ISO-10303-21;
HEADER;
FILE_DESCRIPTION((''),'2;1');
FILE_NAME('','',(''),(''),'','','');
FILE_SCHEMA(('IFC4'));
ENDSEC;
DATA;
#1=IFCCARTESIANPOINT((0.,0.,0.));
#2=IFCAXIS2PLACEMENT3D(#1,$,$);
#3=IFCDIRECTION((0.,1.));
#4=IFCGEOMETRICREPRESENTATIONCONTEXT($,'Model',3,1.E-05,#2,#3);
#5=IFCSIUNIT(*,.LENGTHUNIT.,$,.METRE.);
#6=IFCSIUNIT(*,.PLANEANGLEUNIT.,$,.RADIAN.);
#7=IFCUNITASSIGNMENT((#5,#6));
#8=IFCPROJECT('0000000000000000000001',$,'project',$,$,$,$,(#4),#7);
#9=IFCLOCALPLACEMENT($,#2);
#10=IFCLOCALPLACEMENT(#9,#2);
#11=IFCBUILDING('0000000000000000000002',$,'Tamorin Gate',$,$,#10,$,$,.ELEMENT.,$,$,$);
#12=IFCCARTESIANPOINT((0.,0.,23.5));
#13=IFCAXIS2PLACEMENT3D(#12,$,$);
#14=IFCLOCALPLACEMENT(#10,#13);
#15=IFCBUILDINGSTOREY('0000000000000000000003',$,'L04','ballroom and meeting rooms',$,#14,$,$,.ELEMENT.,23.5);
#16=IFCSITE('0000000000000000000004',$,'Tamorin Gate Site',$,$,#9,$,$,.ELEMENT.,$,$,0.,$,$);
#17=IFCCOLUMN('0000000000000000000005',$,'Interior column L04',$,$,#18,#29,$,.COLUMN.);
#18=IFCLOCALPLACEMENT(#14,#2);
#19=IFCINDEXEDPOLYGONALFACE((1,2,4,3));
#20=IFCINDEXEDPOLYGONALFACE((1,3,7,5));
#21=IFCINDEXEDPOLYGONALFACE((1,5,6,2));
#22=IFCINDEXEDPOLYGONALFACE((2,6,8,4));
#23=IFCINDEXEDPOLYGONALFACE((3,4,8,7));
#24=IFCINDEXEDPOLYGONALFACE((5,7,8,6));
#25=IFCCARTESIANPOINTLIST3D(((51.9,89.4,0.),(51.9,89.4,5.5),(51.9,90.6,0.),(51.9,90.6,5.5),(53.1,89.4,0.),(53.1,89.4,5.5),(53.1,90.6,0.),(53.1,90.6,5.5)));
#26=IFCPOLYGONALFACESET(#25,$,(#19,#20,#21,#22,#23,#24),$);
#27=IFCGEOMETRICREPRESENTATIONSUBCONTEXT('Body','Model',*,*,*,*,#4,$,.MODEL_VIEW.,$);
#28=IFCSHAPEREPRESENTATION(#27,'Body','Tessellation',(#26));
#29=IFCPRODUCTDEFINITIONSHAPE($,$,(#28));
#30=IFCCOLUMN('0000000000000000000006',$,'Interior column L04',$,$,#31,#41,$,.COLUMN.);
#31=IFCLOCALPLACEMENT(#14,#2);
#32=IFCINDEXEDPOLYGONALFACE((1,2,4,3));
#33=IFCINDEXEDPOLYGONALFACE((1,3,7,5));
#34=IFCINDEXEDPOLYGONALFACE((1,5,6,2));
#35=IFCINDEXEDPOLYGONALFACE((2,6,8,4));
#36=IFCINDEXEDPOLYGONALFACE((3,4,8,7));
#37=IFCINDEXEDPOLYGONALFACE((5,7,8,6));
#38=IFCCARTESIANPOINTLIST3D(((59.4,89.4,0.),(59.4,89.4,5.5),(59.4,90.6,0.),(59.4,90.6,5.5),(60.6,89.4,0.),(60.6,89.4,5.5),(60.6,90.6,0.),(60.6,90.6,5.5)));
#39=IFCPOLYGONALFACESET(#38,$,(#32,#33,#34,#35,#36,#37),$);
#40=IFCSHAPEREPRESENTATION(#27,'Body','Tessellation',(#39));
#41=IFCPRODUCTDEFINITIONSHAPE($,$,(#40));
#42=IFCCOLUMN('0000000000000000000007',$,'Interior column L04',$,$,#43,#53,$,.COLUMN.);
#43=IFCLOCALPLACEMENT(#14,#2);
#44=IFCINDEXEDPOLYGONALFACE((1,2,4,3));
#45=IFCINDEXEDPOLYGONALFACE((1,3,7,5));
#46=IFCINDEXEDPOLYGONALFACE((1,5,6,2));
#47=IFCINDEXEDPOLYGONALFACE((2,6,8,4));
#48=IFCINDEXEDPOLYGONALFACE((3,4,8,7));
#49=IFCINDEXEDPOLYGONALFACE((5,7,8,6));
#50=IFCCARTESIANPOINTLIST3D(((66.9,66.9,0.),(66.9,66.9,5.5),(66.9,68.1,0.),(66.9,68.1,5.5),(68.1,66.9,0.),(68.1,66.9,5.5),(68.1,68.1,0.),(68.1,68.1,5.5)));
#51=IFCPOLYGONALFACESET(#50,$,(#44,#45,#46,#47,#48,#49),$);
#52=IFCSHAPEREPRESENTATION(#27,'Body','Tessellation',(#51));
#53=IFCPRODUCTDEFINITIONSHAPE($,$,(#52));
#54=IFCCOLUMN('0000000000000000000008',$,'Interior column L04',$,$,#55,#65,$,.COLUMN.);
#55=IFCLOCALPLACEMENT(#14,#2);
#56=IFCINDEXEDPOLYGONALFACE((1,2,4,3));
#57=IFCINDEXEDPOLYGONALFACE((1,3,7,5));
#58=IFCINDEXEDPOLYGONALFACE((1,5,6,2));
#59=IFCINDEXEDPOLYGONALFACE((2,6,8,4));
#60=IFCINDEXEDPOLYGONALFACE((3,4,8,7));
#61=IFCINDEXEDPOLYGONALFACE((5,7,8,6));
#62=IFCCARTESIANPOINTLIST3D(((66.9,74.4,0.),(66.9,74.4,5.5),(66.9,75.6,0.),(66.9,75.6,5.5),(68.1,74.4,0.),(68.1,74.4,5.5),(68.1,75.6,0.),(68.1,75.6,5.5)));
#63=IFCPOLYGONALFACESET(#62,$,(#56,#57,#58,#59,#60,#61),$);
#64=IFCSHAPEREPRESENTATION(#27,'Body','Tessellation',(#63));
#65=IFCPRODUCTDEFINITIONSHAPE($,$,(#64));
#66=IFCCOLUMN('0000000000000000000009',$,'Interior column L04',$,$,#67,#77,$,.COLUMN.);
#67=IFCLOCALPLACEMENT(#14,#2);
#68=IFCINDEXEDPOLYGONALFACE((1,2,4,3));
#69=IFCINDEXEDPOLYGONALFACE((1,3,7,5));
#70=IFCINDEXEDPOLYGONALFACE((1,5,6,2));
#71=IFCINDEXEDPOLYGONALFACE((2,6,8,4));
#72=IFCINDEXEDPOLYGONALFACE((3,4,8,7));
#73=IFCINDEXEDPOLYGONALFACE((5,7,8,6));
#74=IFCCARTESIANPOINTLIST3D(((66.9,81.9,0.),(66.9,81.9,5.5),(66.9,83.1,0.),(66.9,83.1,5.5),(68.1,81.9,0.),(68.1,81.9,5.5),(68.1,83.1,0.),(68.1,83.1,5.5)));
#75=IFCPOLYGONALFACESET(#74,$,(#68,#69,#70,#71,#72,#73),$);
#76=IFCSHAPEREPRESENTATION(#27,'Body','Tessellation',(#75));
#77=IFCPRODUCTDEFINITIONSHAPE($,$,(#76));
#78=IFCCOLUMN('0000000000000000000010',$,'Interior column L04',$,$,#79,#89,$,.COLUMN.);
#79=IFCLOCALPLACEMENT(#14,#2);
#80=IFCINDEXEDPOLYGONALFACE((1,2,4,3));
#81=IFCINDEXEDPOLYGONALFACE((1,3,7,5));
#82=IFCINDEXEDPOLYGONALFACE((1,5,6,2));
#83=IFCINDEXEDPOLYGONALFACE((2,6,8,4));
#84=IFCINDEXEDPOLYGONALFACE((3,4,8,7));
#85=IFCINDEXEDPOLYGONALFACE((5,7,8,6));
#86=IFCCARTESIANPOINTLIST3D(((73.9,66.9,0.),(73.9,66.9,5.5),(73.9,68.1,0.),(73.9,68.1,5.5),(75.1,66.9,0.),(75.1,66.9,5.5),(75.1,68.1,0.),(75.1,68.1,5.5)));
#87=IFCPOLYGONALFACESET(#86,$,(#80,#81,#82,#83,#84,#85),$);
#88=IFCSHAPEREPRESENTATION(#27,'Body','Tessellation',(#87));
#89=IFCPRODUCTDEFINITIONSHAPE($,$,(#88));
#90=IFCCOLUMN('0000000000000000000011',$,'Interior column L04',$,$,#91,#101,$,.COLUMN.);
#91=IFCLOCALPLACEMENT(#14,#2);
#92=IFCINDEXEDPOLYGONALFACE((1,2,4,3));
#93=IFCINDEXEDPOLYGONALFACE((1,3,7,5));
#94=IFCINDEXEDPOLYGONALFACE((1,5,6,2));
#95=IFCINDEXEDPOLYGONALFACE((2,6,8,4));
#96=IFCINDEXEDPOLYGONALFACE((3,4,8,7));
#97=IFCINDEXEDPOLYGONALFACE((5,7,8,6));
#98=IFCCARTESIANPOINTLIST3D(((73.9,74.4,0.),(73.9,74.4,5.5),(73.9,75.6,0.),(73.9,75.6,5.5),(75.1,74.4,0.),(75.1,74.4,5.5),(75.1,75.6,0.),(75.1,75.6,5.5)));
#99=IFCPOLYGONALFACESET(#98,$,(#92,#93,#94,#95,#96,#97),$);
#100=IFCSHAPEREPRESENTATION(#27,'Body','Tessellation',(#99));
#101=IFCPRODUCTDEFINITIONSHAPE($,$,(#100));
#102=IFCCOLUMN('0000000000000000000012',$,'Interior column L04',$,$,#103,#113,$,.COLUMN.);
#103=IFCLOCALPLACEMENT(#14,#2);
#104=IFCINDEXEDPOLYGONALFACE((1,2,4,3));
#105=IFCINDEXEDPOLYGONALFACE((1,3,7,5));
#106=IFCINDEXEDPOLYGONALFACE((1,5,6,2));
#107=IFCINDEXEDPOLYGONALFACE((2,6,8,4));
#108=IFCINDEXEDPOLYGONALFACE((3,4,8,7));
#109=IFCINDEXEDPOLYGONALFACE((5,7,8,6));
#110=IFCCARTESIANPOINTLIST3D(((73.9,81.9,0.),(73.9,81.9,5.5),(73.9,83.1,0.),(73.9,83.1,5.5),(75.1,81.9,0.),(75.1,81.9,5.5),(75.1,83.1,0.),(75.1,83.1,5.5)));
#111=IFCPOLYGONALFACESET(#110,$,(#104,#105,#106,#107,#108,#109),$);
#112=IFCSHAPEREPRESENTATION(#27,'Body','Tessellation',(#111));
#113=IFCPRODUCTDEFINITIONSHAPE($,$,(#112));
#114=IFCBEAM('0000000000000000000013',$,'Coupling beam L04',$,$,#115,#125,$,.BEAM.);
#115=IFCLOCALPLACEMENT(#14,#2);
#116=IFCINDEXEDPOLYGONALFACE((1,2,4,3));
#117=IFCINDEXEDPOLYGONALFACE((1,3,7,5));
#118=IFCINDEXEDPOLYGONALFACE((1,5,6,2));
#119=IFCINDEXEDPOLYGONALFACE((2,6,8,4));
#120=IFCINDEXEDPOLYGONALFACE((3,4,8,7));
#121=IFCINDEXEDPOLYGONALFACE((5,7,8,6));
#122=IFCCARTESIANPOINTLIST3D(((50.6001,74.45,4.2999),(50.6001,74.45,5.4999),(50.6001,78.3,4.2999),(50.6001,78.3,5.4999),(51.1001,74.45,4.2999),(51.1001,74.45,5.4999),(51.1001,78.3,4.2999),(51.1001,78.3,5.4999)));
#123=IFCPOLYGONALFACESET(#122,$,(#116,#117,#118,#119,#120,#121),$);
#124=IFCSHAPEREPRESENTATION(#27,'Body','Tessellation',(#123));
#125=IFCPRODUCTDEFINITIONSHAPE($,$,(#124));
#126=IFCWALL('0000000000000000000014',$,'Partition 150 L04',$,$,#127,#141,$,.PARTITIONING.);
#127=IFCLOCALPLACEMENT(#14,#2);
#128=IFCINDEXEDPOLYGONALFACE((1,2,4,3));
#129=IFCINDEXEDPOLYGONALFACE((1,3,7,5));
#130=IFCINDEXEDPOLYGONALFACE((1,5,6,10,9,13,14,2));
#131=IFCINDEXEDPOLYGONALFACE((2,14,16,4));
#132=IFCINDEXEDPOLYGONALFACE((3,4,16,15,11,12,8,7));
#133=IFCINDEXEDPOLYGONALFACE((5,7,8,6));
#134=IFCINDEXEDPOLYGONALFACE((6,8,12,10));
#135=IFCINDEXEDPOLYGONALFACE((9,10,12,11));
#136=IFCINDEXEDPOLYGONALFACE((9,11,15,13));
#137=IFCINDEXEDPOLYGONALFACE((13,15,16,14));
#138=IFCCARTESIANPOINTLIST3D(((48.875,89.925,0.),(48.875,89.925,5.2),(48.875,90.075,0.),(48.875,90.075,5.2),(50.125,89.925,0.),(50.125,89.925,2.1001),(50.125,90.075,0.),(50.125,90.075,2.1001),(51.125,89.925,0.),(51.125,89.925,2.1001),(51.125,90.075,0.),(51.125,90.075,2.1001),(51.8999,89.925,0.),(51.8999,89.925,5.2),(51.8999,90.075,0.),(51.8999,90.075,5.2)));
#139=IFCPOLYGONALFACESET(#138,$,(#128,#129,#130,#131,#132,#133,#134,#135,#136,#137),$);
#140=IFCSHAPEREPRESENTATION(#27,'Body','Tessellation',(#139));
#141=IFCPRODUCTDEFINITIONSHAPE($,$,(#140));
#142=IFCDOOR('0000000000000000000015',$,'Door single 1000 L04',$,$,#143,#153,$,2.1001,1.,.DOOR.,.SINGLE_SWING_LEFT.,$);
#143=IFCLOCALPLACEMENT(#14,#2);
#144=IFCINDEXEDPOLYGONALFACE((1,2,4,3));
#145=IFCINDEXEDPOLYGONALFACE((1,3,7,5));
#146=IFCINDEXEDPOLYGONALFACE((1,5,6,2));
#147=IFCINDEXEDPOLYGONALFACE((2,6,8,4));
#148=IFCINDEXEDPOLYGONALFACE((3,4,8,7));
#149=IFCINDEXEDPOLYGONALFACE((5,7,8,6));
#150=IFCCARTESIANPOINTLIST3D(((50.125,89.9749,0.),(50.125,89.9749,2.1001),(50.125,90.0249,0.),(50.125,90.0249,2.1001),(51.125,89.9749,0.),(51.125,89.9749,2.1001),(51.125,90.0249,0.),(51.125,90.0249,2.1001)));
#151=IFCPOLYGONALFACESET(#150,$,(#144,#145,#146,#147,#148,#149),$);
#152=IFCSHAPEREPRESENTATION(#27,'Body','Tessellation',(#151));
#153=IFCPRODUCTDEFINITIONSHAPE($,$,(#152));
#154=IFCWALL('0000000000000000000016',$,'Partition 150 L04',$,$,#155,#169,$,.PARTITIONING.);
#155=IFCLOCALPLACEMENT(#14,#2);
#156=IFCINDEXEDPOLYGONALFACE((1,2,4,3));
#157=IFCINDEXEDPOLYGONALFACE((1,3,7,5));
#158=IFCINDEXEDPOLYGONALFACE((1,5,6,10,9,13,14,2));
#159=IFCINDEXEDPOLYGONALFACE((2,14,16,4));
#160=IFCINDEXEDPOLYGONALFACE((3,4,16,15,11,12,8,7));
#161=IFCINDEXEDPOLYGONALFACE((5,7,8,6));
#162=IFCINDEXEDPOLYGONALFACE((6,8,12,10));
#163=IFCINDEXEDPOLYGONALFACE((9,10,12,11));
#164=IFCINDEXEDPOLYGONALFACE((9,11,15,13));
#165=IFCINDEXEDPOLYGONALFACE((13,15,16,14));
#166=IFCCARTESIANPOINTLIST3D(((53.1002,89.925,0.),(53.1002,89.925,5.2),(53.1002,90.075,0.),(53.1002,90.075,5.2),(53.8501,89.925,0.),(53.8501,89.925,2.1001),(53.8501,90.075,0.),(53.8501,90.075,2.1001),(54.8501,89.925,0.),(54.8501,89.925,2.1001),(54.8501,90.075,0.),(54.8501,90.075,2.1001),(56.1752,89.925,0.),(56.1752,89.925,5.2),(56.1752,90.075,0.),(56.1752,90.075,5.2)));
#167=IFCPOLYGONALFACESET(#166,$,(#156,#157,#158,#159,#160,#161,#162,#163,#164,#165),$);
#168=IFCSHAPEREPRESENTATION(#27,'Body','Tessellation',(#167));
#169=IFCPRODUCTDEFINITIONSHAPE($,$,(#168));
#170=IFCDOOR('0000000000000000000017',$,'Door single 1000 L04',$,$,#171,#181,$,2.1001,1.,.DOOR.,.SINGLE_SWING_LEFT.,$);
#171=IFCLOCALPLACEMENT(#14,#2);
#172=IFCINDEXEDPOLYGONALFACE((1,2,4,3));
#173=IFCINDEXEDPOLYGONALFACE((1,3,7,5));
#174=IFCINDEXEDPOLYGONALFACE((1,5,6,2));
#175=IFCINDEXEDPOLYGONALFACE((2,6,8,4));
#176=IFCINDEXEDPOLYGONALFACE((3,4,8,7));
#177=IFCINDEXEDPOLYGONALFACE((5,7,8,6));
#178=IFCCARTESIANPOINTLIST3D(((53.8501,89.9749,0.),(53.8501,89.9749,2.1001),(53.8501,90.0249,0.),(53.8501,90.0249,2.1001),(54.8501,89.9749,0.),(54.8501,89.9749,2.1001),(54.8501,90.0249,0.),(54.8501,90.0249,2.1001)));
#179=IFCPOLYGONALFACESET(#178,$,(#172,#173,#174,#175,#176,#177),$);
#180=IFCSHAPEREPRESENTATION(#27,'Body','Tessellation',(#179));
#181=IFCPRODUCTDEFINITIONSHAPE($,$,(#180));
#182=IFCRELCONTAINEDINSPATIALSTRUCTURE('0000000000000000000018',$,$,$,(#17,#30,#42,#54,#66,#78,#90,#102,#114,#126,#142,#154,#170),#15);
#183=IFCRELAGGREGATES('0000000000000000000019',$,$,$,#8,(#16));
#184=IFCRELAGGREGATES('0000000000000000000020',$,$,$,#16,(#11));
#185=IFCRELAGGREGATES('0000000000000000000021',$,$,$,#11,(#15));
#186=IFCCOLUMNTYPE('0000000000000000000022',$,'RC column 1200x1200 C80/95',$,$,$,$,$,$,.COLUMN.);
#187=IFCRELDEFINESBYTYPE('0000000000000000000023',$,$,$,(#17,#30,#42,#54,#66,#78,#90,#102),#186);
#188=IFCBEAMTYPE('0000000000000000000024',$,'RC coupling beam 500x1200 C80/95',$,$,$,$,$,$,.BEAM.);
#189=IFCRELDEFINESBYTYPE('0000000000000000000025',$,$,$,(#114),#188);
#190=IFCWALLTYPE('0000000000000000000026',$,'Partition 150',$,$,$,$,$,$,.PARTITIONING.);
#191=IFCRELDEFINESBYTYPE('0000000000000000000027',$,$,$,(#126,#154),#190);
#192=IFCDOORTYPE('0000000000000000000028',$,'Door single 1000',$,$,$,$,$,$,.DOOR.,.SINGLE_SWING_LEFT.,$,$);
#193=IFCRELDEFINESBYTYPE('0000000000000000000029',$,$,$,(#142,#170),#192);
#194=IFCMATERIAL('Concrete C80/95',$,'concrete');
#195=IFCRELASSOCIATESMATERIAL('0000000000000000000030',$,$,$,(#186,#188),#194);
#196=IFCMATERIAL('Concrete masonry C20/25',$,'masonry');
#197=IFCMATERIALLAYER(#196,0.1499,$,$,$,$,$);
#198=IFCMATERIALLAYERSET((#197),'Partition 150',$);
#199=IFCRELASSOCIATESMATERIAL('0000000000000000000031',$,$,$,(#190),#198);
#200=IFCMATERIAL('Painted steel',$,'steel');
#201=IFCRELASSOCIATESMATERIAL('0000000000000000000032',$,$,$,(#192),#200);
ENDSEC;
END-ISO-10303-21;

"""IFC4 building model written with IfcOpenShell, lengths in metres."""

from ifc_helpers import new_model, si_unit, direction, frame, frame_2d, origin, origin_2d, place, context, subcontext, project, spatial, rectangle, extrude, material, layer, layer_set, material_profile, profile_set, type_object, element, fill, save


model = new_model("IFC4")

# Units and contexts
model_context = context("Model", 3, precision=1e-05, world=origin(), true_north=direction((0.0, 1.0)))
body_context = subcontext(model_context, "Body", "Model", "MODEL_VIEW")
ifc_project = project(units=[si_unit("LENGTHUNIT", "METRE"), si_unit("PLANEANGLEUNIT", "RADIAN")], contexts=[model_context])

# Site, building, storey
site_placement = place(None, origin())
site = spatial("IfcSite", under=ifc_project, at=site_placement, Name="Tamorin Gate Site", CompositionType="ELEMENT", RefElevation=0.0)
building_placement = place(site_placement, origin())
building = spatial("IfcBuilding", under=site, at=building_placement, Name="Tamorin Gate", CompositionType="ELEMENT")
storey_placement = place(building_placement, frame((0.0, 0.0, 23.5)))
storey = spatial("IfcBuildingStorey", under=building, at=storey_placement, Name="L04", Description="ballroom and meeting rooms", CompositionType="ELEMENT", Elevation=23.5)

# Columns
ifc_material_1 = material(Name="Concrete C80/95", Category="concrete")
ifc_material_profile_1 = material_profile(ifc_material_1, rectangle(XDim=1.2, YDim=1.2, at=origin_2d()), Name="RC 1200x1200")
ifc_profile_set_1 = profile_set([ifc_material_profile_1], Name="Concrete C80/95")
column_type = type_object("IfcColumnType", Name="RC column 1200x1200 C80/95", PredefinedType="COLUMN", material=ifc_profile_set_1)
for number, where, z_axis, x_axis, name in (
    (1, (52.5, 90.0, 0.0), (0.0, 0.0, 1.0), (1.0, 0.0, 0.0), "Interior column L04"),
    (2, (60.0, 90.0, 0.0), (0.0, 0.0, 1.0), (1.0, 0.0, 0.0), "Interior column L04"),
    (3, (67.5, 67.5, 0.0), (0.0, 0.0, 1.0), (1.0, 0.0, 0.0), "Interior column L04"),
    (4, (67.5, 75.0, 0.0), (0.0, 0.0, 1.0), (1.0, 0.0, 0.0), "Interior column L04"),
    (5, (67.5, 82.5, 0.0), (0.0, 0.0, 1.0), (1.0, 0.0, 0.0), "Interior column L04"),
    (6, (74.5, 67.5, 0.0), (0.0, 0.0, 1.0), (1.0, 0.0, 0.0), "Interior column L04"),
    (7, (74.5, 75.0, 0.0), (0.0, 0.0, 1.0), (1.0, 0.0, 0.0), "Interior column L04"),
    (8, (74.5, 82.5, 0.0), (0.0, 0.0, 1.0), (1.0, 0.0, 0.0), "Interior column L04"),
):
    element("IfcColumn", number, at=place(storey_placement, frame(where, z_axis=z_axis, x_axis=x_axis)), inside=storey, type_object=column_type, Name=name, PredefinedType="COLUMN", context=body_context, shape_type="SweptSolid", body=[
        extrude(rectangle(XDim=1.2, YDim=1.2, at=origin_2d()), origin(), (0.0, 0.0, 1.0), 5.5),
    ])

# Beam
ifc_material_profile_2 = material_profile(ifc_material_1, rectangle(XDim=0.5, YDim=1.2, at=origin_2d()), Name="RC 500x1200")
ifc_profile_set_2 = profile_set([ifc_material_profile_2], Name="Concrete C80/95")
beam_type = type_object("IfcBeamType", Name="RC coupling beam 500x1200 C80/95", PredefinedType="BEAM", material=ifc_profile_set_2)
beam_placement = place(storey_placement, frame((50.8501, 74.45, 4.8999), z_axis=(0.0, 1.0, 0.0), x_axis=(-1.0, 0.0, 0.0)))
element("IfcBeam", 9, at=beam_placement, inside=storey, type_object=beam_type, Name="Coupling beam L04", PredefinedType="BEAM", context=body_context, shape_type="SweptSolid", body=[
    extrude(rectangle(XDim=0.5, YDim=1.2, at=origin_2d()), origin(), (0.0, 0.0, 1.0), 3.8501),
])

# Walls, openings, doors
ifc_material_2 = material(Name="Concrete masonry C20/25", Category="masonry")
ifc_layer_1 = layer(ifc_material_2, 0.1499)
ifc_layer_set_1 = layer_set([ifc_layer_1], Name="Partition 150")
wall_type_1 = type_object("IfcWallType", Name="Partition 150", PredefinedType="PARTITIONING", material=ifc_layer_set_1)
wall_1_placement = place(storey_placement, frame((48.875, 90.0, 0.0), z_axis=(0.0, 0.0, 1.0), x_axis=(1.0, 0.0, 0.0)))
wall_1 = element("IfcWall", 10, at=wall_1_placement, inside=storey, type_object=wall_type_1, Name="Partition 150 L04", PredefinedType="PARTITIONING", context=body_context, shape_type="SweptSolid", body=[
    extrude(rectangle(XDim=3.0249, YDim=0.1499, at=frame_2d((1.5125, 0.0))), origin(), (0.0, 0.0, 1.0), 5.2),
])
opening_1_placement = place(wall_1_placement, frame((1.25, 0.0, 0.0)))
opening_1 = element("IfcOpeningElement", 11, at=opening_1_placement, cuts=wall_1, PredefinedType="OPENING", context=body_context, shape_type="SweptSolid", body=[
    extrude(rectangle(XDim=1.0, YDim=2.1001, at=frame_2d((0.5, 1.05))), frame((0.0, 0.085, 0.0), z_axis=(0.0, -1.0, 0.0), x_axis=(1.0, 0.0, 0.0)), (0.0, 0.0, 1.0), 0.1699),
])
ifc_material_3 = material(Name="Painted steel", Category="steel")
door_type_1 = type_object("IfcDoorType", Name="Door single 1000", OperationType="SINGLE_SWING_LEFT", PredefinedType="DOOR", material=ifc_material_3)
door_1_placement = place(opening_1_placement, origin())
door_1 = element("IfcDoor", 12, at=door_1_placement, inside=storey, type_object=door_type_1, Name="Door single 1000 L04", OperationType="SINGLE_SWING_LEFT", OverallHeight=2.1001, OverallWidth=1.0, PredefinedType="DOOR", context=body_context, shape_type="SweptSolid", body=[
    extrude(rectangle(XDim=1.0, YDim=2.1001, at=frame_2d((0.5, 1.05))), frame((0.0, 0.0249, 0.0), z_axis=(0.0, -1.0, 0.0), x_axis=(1.0, 0.0, 0.0)), (0.0, 0.0, 1.0), 0.05),
])
fill(opening_1, door_1)
wall_2_placement = place(storey_placement, frame((53.1001, 90.0, 0.0), z_axis=(0.0, 0.0, 1.0), x_axis=(1.0, 0.0, 0.0)))
wall_2 = element("IfcWall", 13, at=wall_2_placement, inside=storey, type_object=wall_type_1, Name="Partition 150 L04", PredefinedType="PARTITIONING", context=body_context, shape_type="SweptSolid", body=[
    extrude(rectangle(XDim=3.075, YDim=0.1499, at=frame_2d((1.5376, 0.0))), origin(), (0.0, 0.0, 1.0), 5.2),
])
opening_2_placement = place(wall_2_placement, frame((0.75, 0.0, 0.0)))
opening_2 = element("IfcOpeningElement", 14, at=opening_2_placement, cuts=wall_2, PredefinedType="OPENING", context=body_context, shape_type="SweptSolid", body=[
    extrude(rectangle(XDim=1.0, YDim=2.1001, at=frame_2d((0.5, 1.05))), frame((0.0, 0.085, 0.0), z_axis=(0.0, -1.0, 0.0), x_axis=(1.0, 0.0, 0.0)), (0.0, 0.0, 1.0), 0.1699),
])
door_2_placement = place(opening_2_placement, origin())
door_2 = element("IfcDoor", 15, at=door_2_placement, inside=storey, type_object=door_type_1, Name="Door single 1000 L04", OperationType="SINGLE_SWING_LEFT", OverallHeight=2.1001, OverallWidth=1.0, PredefinedType="DOOR", context=body_context, shape_type="SweptSolid", body=[
    extrude(rectangle(XDim=1.0, YDim=2.1001, at=frame_2d((0.5, 1.05))), frame((0.0, 0.0249, 0.0), z_axis=(0.0, -1.0, 0.0), x_axis=(1.0, 0.0, 0.0)), (0.0, 0.0, 1.0), 0.05),
])
fill(opening_2, door_2)

save(model, "model.ifc")
